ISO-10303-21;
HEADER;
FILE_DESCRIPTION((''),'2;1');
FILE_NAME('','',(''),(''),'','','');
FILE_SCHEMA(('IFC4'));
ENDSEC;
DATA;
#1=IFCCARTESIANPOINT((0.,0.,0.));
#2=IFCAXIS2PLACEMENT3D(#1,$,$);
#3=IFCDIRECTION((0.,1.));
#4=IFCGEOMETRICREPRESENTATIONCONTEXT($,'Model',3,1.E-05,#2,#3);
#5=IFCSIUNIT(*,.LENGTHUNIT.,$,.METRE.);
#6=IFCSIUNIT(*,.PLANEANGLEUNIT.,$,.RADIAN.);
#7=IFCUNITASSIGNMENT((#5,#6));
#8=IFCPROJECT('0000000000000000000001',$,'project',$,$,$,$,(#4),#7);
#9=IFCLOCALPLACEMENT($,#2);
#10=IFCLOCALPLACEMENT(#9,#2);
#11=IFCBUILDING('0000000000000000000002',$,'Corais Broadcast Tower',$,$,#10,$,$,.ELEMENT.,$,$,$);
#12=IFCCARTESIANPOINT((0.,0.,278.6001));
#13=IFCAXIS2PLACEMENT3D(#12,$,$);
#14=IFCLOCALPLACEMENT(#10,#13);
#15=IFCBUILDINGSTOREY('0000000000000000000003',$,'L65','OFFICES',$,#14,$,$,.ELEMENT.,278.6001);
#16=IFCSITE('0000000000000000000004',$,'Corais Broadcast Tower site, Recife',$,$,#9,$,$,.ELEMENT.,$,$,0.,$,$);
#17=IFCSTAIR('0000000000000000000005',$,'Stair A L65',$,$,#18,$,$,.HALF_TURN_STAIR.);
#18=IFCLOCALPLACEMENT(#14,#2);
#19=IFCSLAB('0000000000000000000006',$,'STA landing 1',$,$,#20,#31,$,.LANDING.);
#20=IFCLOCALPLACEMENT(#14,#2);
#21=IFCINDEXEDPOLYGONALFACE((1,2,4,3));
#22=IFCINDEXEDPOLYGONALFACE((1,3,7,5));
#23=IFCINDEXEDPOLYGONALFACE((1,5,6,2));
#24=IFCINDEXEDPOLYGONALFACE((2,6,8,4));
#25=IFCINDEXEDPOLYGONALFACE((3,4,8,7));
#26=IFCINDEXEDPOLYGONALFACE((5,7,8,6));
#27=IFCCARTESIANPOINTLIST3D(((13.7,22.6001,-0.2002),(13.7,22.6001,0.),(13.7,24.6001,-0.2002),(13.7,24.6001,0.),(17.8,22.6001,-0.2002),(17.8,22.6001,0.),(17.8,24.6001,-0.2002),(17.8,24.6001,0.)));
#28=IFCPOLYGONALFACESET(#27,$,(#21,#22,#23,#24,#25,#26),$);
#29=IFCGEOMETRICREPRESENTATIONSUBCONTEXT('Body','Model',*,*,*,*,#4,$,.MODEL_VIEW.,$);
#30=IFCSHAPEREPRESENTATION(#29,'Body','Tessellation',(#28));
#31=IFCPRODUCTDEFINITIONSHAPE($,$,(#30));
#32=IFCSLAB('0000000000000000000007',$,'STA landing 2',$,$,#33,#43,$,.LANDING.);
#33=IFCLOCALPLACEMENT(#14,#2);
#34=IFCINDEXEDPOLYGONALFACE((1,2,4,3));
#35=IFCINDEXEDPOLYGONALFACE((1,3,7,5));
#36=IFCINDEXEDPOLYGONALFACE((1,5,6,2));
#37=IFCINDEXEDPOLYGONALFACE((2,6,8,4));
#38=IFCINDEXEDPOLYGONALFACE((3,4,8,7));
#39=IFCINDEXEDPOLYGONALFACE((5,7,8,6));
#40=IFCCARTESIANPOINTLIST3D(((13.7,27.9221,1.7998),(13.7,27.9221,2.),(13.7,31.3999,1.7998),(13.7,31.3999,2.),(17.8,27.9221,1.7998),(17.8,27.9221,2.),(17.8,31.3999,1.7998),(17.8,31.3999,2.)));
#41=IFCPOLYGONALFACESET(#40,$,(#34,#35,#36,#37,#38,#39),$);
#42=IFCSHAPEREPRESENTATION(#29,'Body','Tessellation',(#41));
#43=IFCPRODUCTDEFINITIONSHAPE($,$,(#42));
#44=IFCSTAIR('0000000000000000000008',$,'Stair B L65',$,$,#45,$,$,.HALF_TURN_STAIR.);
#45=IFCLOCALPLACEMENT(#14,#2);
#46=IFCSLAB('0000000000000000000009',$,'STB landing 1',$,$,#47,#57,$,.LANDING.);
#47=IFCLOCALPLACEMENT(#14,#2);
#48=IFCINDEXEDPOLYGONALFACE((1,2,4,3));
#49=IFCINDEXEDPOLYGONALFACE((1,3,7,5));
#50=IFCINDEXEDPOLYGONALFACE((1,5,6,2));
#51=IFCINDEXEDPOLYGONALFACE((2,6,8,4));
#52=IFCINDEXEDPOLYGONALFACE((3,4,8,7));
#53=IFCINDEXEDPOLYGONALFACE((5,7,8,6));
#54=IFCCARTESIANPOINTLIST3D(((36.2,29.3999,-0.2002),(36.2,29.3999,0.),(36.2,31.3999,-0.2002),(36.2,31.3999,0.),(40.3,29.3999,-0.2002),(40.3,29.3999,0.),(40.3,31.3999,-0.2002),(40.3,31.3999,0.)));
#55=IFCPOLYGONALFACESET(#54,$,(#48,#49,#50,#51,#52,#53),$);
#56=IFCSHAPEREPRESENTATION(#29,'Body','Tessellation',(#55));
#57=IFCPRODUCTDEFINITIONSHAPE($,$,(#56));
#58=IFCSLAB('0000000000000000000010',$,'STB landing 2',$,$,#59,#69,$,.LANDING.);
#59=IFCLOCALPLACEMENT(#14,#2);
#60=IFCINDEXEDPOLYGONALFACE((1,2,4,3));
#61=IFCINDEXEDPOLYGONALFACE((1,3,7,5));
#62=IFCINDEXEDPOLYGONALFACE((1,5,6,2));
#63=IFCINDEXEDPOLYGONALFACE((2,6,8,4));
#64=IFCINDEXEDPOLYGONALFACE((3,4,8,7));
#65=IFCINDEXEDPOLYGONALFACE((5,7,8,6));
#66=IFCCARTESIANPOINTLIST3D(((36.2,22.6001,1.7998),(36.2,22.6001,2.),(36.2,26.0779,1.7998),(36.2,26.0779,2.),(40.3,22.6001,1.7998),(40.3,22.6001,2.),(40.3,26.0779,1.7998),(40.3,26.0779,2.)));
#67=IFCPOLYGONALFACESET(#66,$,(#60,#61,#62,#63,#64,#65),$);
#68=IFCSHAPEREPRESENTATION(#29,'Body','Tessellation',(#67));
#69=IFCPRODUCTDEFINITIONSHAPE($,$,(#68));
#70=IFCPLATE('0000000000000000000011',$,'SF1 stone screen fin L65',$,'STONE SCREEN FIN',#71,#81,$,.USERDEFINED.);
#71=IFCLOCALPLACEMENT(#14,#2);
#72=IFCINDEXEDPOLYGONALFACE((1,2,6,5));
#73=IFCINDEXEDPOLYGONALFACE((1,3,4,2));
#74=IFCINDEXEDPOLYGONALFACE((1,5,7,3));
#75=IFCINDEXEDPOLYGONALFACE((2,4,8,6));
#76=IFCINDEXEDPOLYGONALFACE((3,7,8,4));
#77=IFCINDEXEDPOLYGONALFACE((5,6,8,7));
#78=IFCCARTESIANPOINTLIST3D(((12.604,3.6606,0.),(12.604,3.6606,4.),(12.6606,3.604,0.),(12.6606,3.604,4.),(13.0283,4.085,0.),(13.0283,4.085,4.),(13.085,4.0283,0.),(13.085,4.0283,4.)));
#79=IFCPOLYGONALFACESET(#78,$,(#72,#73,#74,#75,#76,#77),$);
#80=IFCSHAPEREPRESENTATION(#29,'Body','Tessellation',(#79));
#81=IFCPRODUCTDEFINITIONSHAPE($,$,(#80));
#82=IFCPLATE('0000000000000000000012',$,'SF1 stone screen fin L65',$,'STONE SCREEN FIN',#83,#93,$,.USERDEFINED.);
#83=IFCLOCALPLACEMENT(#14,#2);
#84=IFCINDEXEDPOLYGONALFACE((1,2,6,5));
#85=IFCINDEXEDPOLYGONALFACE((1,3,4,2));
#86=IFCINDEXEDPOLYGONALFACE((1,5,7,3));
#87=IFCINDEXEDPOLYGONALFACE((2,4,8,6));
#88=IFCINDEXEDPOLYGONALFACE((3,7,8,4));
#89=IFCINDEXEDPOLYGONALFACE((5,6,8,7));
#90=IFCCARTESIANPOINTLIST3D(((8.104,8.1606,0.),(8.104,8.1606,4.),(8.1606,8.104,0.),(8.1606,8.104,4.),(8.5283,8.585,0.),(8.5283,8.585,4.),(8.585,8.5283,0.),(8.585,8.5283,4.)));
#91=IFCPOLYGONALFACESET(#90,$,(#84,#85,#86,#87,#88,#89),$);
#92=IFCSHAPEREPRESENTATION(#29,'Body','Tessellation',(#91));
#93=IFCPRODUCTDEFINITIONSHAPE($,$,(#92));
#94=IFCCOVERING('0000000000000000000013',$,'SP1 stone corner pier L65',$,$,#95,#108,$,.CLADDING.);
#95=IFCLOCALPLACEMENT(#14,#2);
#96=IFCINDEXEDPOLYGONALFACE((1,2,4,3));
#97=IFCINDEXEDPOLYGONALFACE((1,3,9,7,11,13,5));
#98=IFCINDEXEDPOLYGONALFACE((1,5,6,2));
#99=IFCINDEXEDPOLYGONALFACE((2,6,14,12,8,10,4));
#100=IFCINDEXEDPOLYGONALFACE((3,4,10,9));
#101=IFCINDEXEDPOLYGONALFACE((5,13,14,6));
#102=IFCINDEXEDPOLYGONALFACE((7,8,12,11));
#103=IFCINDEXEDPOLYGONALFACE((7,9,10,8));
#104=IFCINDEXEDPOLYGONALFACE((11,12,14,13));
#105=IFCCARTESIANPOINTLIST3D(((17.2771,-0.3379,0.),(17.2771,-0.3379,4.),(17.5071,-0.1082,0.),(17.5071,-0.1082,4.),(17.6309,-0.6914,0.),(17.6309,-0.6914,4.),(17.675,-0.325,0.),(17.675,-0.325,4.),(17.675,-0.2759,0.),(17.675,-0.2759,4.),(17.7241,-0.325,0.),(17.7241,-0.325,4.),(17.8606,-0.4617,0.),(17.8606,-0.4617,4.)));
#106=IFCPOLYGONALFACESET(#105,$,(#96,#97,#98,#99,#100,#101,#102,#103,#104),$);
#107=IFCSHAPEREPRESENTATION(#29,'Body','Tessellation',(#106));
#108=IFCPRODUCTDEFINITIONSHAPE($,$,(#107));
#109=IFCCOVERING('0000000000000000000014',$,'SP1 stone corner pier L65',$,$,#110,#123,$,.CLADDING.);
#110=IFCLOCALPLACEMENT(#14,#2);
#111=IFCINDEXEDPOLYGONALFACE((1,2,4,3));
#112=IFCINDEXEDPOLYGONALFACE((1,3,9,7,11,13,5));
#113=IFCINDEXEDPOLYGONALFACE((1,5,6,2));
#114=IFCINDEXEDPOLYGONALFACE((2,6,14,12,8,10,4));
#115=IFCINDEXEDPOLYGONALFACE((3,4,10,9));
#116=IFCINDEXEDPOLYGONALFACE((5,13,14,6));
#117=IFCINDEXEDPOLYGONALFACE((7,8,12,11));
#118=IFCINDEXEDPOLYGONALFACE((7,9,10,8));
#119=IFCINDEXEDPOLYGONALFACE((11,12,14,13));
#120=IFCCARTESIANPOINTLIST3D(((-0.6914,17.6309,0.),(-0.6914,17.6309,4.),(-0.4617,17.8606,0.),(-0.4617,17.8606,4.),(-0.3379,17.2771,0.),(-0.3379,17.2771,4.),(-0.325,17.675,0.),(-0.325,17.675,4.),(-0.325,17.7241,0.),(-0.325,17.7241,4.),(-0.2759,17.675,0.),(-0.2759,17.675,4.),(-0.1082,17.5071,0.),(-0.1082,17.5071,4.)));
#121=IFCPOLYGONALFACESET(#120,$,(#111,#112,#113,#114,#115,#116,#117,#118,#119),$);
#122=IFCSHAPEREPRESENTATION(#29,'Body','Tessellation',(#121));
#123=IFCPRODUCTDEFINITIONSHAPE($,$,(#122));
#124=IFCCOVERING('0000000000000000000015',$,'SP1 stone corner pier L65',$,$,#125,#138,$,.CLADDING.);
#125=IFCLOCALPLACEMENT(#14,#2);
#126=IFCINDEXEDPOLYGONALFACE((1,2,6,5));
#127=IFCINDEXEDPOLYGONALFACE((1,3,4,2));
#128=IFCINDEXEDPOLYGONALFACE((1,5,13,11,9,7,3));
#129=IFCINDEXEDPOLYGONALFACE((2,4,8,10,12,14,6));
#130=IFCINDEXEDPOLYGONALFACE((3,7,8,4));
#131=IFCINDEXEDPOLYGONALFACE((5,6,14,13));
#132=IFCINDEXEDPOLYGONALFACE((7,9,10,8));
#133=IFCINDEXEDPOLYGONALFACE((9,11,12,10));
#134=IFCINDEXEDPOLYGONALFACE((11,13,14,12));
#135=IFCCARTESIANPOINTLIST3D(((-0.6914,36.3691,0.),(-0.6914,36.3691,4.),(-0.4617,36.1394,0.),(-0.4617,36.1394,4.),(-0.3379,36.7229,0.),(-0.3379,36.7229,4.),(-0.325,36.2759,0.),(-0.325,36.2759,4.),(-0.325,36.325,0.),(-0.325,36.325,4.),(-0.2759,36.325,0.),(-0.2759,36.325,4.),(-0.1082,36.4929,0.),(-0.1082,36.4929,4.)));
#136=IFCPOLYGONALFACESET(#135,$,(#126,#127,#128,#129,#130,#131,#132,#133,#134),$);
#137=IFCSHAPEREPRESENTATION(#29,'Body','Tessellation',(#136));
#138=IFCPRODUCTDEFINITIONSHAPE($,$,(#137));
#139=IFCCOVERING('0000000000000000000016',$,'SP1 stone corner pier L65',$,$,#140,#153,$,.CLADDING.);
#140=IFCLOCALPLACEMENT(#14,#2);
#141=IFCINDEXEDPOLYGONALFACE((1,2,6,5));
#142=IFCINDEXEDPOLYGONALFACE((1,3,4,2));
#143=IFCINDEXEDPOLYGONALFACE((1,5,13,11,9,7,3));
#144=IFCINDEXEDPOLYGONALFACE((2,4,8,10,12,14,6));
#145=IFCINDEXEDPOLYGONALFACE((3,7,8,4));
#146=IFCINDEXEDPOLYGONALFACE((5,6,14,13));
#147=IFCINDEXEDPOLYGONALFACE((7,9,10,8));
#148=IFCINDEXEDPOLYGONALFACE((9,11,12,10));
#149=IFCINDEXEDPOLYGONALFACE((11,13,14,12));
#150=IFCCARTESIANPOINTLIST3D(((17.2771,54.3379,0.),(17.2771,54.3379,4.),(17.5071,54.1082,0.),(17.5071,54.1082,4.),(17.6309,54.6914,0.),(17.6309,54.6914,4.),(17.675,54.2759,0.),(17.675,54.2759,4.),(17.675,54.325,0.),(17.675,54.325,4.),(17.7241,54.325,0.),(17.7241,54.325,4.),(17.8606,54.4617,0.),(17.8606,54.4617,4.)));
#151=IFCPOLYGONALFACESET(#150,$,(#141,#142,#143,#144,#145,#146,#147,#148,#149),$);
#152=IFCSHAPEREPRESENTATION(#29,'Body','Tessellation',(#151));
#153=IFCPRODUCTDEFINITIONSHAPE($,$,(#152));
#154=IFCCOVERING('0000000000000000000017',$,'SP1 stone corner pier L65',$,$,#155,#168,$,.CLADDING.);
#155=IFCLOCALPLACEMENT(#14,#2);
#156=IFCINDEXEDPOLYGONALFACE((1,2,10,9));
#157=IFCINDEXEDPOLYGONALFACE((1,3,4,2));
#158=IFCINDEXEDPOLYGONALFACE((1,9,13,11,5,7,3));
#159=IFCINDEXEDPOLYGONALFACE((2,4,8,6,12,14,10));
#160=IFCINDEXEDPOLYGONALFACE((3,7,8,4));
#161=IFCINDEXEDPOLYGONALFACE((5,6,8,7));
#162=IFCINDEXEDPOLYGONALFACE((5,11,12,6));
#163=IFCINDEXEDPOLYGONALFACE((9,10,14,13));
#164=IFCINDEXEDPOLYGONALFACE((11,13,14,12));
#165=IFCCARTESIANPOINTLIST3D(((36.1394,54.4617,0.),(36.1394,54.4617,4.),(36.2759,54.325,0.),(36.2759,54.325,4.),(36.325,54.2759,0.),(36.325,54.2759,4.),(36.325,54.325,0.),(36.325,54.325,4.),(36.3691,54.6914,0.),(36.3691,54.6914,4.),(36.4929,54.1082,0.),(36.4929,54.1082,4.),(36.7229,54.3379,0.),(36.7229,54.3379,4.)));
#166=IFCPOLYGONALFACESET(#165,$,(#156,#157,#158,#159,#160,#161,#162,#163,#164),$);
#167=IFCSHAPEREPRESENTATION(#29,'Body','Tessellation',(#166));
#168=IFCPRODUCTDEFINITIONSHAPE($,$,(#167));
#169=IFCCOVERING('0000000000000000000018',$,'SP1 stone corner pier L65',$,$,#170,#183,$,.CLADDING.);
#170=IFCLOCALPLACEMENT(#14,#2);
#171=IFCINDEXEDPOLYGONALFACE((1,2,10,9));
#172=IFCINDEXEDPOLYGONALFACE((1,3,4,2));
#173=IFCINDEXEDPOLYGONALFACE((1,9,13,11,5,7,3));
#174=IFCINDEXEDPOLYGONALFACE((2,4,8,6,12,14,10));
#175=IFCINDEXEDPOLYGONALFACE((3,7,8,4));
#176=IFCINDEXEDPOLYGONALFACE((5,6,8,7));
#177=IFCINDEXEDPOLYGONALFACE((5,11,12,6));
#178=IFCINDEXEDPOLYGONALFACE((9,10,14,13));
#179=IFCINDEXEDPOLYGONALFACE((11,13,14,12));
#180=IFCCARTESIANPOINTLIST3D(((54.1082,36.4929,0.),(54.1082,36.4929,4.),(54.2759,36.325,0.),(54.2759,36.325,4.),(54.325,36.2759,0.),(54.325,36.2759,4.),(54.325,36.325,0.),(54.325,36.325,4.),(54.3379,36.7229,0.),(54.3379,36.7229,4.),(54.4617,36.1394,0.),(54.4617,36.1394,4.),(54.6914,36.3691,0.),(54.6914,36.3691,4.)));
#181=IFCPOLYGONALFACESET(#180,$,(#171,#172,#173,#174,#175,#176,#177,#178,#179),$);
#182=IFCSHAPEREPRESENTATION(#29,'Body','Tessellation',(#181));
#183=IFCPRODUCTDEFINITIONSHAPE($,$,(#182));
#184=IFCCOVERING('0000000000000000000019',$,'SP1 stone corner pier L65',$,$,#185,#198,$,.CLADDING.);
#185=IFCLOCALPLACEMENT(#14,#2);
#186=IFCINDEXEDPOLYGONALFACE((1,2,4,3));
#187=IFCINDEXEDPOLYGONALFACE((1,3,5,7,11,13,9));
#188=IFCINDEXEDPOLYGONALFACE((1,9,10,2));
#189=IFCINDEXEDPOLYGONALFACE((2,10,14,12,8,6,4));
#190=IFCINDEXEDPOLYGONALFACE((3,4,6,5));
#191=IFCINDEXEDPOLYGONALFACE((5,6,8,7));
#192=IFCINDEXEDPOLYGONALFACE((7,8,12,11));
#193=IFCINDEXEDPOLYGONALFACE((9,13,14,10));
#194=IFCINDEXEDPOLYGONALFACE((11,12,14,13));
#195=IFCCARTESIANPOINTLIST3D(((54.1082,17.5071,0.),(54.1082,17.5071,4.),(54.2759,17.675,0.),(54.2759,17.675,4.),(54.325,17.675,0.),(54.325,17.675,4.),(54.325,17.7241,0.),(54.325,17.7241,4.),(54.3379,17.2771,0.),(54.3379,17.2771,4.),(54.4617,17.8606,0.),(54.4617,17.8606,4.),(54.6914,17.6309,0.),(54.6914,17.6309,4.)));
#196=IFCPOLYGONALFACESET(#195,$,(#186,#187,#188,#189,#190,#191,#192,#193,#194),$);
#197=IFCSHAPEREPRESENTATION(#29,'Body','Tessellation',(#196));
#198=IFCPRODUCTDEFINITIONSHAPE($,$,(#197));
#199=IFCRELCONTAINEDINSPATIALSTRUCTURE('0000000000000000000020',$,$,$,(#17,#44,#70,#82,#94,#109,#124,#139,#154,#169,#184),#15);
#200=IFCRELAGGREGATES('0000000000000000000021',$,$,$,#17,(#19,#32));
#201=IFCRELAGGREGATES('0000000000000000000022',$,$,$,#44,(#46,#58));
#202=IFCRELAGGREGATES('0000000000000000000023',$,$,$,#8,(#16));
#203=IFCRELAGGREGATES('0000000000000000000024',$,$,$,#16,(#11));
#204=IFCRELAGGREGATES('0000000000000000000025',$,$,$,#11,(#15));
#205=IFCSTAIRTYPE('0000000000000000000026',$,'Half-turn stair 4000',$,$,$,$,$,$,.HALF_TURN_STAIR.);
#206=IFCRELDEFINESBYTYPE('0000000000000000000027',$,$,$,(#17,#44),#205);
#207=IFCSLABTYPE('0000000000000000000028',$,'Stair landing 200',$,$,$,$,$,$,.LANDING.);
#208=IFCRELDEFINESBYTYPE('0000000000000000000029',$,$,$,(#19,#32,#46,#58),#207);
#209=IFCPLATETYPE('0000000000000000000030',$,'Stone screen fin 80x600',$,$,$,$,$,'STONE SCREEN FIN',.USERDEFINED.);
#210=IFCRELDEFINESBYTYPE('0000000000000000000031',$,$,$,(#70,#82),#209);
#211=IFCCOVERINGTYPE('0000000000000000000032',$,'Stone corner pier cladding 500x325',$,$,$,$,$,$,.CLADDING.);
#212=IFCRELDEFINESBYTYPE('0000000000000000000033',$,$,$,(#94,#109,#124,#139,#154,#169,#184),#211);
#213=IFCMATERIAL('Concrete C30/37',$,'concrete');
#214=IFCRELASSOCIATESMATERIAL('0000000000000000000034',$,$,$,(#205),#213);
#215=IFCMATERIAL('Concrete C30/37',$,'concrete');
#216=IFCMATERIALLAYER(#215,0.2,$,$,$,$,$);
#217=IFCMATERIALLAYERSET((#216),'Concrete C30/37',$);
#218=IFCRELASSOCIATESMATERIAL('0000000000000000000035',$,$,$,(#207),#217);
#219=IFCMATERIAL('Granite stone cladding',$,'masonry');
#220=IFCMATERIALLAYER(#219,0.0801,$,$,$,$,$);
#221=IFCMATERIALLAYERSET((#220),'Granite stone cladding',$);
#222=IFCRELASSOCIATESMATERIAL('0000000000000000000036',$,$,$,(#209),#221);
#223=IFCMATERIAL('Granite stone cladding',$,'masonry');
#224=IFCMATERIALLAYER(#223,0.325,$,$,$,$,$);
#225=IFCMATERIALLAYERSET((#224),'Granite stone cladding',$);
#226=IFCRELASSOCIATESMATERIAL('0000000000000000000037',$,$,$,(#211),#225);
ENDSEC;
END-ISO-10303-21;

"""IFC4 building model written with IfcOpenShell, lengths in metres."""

from ifc_helpers import new_model, si_unit, direction, frame, origin, origin_2d, place, context, subcontext, project, spatial, polyline, rectangle, outline, extrude, material, layer, layer_set, type_object, element, aggregate, save


model = new_model("IFC4")

# Units and contexts
model_context = context("Model", 3, precision=1e-05, world=origin(), true_north=direction((0.0, 1.0)))
body_context = subcontext(model_context, "Body", "Model", "MODEL_VIEW")
ifc_project = project(units=[si_unit("LENGTHUNIT", "METRE"), si_unit("PLANEANGLEUNIT", "RADIAN")], contexts=[model_context])

# Site, building, storey
site_placement = place(None, origin())
site = spatial("IfcSite", under=ifc_project, at=site_placement, Name="Corais Broadcast Tower site, Recife", CompositionType="ELEMENT", RefElevation=0.0)
building_placement = place(site_placement, origin())
building = spatial("IfcBuilding", under=site, at=building_placement, Name="Corais Broadcast Tower", CompositionType="ELEMENT")
storey_placement = place(building_placement, frame((0.0, 0.0, 278.6001)))
storey = spatial("IfcBuildingStorey", under=building, at=storey_placement, Name="L65", Description="OFFICES", CompositionType="ELEMENT", Elevation=278.6001)

# Stairs, slabs
ifc_material_1 = material(Name="Concrete C30/37", Category="concrete")
stair_type = type_object("IfcStairType", Name="Half-turn stair 4000", PredefinedType="HALF_TURN_STAIR", material=ifc_material_1)
stair_1_placement = place(storey_placement, origin())
stair_1 = element("IfcStair", 1, at=stair_1_placement, inside=storey, type_object=stair_type, Name="Stair A L65", PredefinedType="HALF_TURN_STAIR")
ifc_material_2 = material(Name="Concrete C30/37", Category="concrete")
ifc_layer_1 = layer(ifc_material_2, 0.2)
ifc_layer_set_1 = layer_set([ifc_layer_1], Name="Concrete C30/37")
slab_type_1 = type_object("IfcSlabType", Name="Stair landing 200", PredefinedType="LANDING", material=ifc_layer_set_1)
slab_1_placement = place(storey_placement, frame((0.0, 0.0, -0.2002)))
slab_1 = element("IfcSlab", 2, at=slab_1_placement, type_object=slab_type_1, Name="STA landing 1", PredefinedType="LANDING", context=body_context, shape_type="SweptSolid", body=[
    extrude(outline(polyline([(13.7, 22.6001), (17.8, 22.6001), (17.8, 24.6001), (13.7, 24.6001), (13.7, 22.6001)])), origin(), (0.0, 0.0, 1.0), 0.2002),
])
slab_2_placement = place(storey_placement, frame((0.0, 0.0, 1.7998)))
slab_2 = element("IfcSlab", 3, at=slab_2_placement, type_object=slab_type_1, Name="STA landing 2", PredefinedType="LANDING", context=body_context, shape_type="SweptSolid", body=[
    extrude(outline(polyline([(13.7, 27.9221), (17.8, 27.9221), (17.8, 31.3999), (13.7, 31.3999), (13.7, 27.9221)])), origin(), (0.0, 0.0, 1.0), 0.2002),
])
aggregate(stair_1, [slab_1, slab_2])
stair_2_placement = place(storey_placement, origin())
stair_2 = element("IfcStair", 4, at=stair_2_placement, inside=storey, type_object=stair_type, Name="Stair B L65", PredefinedType="HALF_TURN_STAIR")
slab_3_placement = place(storey_placement, frame((0.0, 0.0, -0.2002)))
slab_3 = element("IfcSlab", 5, at=slab_3_placement, type_object=slab_type_1, Name="STB landing 1", PredefinedType="LANDING", context=body_context, shape_type="SweptSolid", body=[
    extrude(outline(polyline([(36.2, 29.3999), (40.3, 29.3999), (40.3, 31.3999), (36.2, 31.3999), (36.2, 29.3999)])), origin(), (0.0, 0.0, 1.0), 0.2002),
])
slab_4_placement = place(storey_placement, frame((0.0, 0.0, 1.7998)))
slab_4 = element("IfcSlab", 6, at=slab_4_placement, type_object=slab_type_1, Name="STB landing 2", PredefinedType="LANDING", context=body_context, shape_type="SweptSolid", body=[
    extrude(outline(polyline([(36.2, 22.6001), (40.3, 22.6001), (40.3, 26.0779), (36.2, 26.0779), (36.2, 22.6001)])), origin(), (0.0, 0.0, 1.0), 0.2002),
])
aggregate(stair_2, [slab_3, slab_4])

# Plates
ifc_material_3 = material(Name="Granite stone cladding", Category="masonry")
ifc_layer_2 = layer(ifc_material_3, 0.0801)
ifc_layer_set_2 = layer_set([ifc_layer_2], Name="Granite stone cladding")
plate_type_1 = type_object("IfcPlateType", Name="Stone screen fin 80x600", ElementType="STONE SCREEN FIN", PredefinedType="USERDEFINED", material=ifc_layer_set_2)
for number, where, z_axis, x_axis, name in (
    (7, (12.8445, 3.8445, 0.0), (0.0, 0.0, 1.0), (-0.707107, 0.707107, 0.0), "SF1 stone screen fin L65"),
    (8, (8.3445, 8.3445, 0.0), (0.0, 0.0, 1.0), (-0.707107, 0.707107, 0.0), "SF1 stone screen fin L65"),
):
    element("IfcPlate", number, at=place(storey_placement, frame(where, z_axis=z_axis, x_axis=x_axis)), inside=storey, type_object=plate_type_1, Name=name, ObjectType="STONE SCREEN FIN", PredefinedType="USERDEFINED", context=body_context, shape_type="SweptSolid", body=[
        extrude(rectangle(XDim=0.0801, YDim=0.6001, at=origin_2d()), origin(), (0.0, 0.0, 1.0), 4.0),
    ])

# Coverings
ifc_material_4 = material(Name="Granite stone cladding", Category="masonry")
ifc_layer_3 = layer(ifc_material_4, 0.325)
ifc_layer_set_3 = layer_set([ifc_layer_3], Name="Granite stone cladding")
covering_type_1 = type_object("IfcCoveringType", Name="Stone corner pier cladding 500x325", PredefinedType="CLADDING", material=ifc_layer_set_3)
covering_1_placement = place(storey_placement, origin())
element("IfcCovering", 9, at=covering_1_placement, inside=storey, type_object=covering_type_1, Name="SP1 stone corner pier L65", PredefinedType="CLADDING", context=body_context, shape_type="SweptSolid", body=[
    extrude(outline(polyline([(17.8606, -0.4617), (17.7241, -0.325), (17.675, -0.325), (17.675, -0.2759), (17.5071, -0.1082), (17.2771, -0.3379), (17.6309, -0.6914), (17.8606, -0.4617)])), origin(), (0.0, 0.0, 1.0), 4.0),
])
covering_2_placement = place(storey_placement, origin())
element("IfcCovering", 10, at=covering_2_placement, inside=storey, type_object=covering_type_1, Name="SP1 stone corner pier L65", PredefinedType="CLADDING", context=body_context, shape_type="SweptSolid", body=[
    extrude(outline(polyline([(-0.325, 17.7241), (-0.4617, 17.8606), (-0.6914, 17.6309), (-0.3379, 17.2771), (-0.1082, 17.5071), (-0.2759, 17.675), (-0.325, 17.675), (-0.325, 17.7241)])), origin(), (0.0, 0.0, 1.0), 4.0),
])
covering_3_placement = place(storey_placement, origin())
element("IfcCovering", 11, at=covering_3_placement, inside=storey, type_object=covering_type_1, Name="SP1 stone corner pier L65", PredefinedType="CLADDING", context=body_context, shape_type="SweptSolid", body=[
    extrude(outline(polyline([(-0.4617, 36.1394), (-0.325, 36.2759), (-0.325, 36.325), (-0.2759, 36.325), (-0.1082, 36.4929), (-0.3379, 36.7229), (-0.6914, 36.3691), (-0.4617, 36.1394)])), origin(), (0.0, 0.0, 1.0), 4.0),
])
covering_4_placement = place(storey_placement, origin())
element("IfcCovering", 12, at=covering_4_placement, inside=storey, type_object=covering_type_1, Name="SP1 stone corner pier L65", PredefinedType="CLADDING", context=body_context, shape_type="SweptSolid", body=[
    extrude(outline(polyline([(17.7241, 54.325), (17.8606, 54.4617), (17.6309, 54.6914), (17.2771, 54.3379), (17.5071, 54.1082), (17.675, 54.2759), (17.675, 54.325), (17.7241, 54.325)])), origin(), (0.0, 0.0, 1.0), 4.0),
])
covering_5_placement = place(storey_placement, origin())
element("IfcCovering", 13, at=covering_5_placement, inside=storey, type_object=covering_type_1, Name="SP1 stone corner pier L65", PredefinedType="CLADDING", context=body_context, shape_type="SweptSolid", body=[
    extrude(outline(polyline([(36.1394, 54.4617), (36.2759, 54.325), (36.325, 54.325), (36.325, 54.2759), (36.4929, 54.1082), (36.7229, 54.3379), (36.3691, 54.6914), (36.1394, 54.4617)])), origin(), (0.0, 0.0, 1.0), 4.0),
])
covering_6_placement = place(storey_placement, origin())
element("IfcCovering", 14, at=covering_6_placement, inside=storey, type_object=covering_type_1, Name="SP1 stone corner pier L65", PredefinedType="CLADDING", context=body_context, shape_type="SweptSolid", body=[
    extrude(outline(polyline([(54.325, 36.2759), (54.4617, 36.1394), (54.6914, 36.3691), (54.3379, 36.7229), (54.1082, 36.4929), (54.2759, 36.325), (54.325, 36.325), (54.325, 36.2759)])), origin(), (0.0, 0.0, 1.0), 4.0),
])
covering_7_placement = place(storey_placement, origin())
element("IfcCovering", 15, at=covering_7_placement, inside=storey, type_object=covering_type_1, Name="SP1 stone corner pier L65", PredefinedType="CLADDING", context=body_context, shape_type="SweptSolid", body=[
    extrude(outline(polyline([(54.4617, 17.8606), (54.325, 17.7241), (54.325, 17.675), (54.2759, 17.675), (54.1082, 17.5071), (54.3379, 17.2771), (54.6914, 17.6309), (54.4617, 17.8606)])), origin(), (0.0, 0.0, 1.0), 4.0),
])

save(model, "model.ifc")
